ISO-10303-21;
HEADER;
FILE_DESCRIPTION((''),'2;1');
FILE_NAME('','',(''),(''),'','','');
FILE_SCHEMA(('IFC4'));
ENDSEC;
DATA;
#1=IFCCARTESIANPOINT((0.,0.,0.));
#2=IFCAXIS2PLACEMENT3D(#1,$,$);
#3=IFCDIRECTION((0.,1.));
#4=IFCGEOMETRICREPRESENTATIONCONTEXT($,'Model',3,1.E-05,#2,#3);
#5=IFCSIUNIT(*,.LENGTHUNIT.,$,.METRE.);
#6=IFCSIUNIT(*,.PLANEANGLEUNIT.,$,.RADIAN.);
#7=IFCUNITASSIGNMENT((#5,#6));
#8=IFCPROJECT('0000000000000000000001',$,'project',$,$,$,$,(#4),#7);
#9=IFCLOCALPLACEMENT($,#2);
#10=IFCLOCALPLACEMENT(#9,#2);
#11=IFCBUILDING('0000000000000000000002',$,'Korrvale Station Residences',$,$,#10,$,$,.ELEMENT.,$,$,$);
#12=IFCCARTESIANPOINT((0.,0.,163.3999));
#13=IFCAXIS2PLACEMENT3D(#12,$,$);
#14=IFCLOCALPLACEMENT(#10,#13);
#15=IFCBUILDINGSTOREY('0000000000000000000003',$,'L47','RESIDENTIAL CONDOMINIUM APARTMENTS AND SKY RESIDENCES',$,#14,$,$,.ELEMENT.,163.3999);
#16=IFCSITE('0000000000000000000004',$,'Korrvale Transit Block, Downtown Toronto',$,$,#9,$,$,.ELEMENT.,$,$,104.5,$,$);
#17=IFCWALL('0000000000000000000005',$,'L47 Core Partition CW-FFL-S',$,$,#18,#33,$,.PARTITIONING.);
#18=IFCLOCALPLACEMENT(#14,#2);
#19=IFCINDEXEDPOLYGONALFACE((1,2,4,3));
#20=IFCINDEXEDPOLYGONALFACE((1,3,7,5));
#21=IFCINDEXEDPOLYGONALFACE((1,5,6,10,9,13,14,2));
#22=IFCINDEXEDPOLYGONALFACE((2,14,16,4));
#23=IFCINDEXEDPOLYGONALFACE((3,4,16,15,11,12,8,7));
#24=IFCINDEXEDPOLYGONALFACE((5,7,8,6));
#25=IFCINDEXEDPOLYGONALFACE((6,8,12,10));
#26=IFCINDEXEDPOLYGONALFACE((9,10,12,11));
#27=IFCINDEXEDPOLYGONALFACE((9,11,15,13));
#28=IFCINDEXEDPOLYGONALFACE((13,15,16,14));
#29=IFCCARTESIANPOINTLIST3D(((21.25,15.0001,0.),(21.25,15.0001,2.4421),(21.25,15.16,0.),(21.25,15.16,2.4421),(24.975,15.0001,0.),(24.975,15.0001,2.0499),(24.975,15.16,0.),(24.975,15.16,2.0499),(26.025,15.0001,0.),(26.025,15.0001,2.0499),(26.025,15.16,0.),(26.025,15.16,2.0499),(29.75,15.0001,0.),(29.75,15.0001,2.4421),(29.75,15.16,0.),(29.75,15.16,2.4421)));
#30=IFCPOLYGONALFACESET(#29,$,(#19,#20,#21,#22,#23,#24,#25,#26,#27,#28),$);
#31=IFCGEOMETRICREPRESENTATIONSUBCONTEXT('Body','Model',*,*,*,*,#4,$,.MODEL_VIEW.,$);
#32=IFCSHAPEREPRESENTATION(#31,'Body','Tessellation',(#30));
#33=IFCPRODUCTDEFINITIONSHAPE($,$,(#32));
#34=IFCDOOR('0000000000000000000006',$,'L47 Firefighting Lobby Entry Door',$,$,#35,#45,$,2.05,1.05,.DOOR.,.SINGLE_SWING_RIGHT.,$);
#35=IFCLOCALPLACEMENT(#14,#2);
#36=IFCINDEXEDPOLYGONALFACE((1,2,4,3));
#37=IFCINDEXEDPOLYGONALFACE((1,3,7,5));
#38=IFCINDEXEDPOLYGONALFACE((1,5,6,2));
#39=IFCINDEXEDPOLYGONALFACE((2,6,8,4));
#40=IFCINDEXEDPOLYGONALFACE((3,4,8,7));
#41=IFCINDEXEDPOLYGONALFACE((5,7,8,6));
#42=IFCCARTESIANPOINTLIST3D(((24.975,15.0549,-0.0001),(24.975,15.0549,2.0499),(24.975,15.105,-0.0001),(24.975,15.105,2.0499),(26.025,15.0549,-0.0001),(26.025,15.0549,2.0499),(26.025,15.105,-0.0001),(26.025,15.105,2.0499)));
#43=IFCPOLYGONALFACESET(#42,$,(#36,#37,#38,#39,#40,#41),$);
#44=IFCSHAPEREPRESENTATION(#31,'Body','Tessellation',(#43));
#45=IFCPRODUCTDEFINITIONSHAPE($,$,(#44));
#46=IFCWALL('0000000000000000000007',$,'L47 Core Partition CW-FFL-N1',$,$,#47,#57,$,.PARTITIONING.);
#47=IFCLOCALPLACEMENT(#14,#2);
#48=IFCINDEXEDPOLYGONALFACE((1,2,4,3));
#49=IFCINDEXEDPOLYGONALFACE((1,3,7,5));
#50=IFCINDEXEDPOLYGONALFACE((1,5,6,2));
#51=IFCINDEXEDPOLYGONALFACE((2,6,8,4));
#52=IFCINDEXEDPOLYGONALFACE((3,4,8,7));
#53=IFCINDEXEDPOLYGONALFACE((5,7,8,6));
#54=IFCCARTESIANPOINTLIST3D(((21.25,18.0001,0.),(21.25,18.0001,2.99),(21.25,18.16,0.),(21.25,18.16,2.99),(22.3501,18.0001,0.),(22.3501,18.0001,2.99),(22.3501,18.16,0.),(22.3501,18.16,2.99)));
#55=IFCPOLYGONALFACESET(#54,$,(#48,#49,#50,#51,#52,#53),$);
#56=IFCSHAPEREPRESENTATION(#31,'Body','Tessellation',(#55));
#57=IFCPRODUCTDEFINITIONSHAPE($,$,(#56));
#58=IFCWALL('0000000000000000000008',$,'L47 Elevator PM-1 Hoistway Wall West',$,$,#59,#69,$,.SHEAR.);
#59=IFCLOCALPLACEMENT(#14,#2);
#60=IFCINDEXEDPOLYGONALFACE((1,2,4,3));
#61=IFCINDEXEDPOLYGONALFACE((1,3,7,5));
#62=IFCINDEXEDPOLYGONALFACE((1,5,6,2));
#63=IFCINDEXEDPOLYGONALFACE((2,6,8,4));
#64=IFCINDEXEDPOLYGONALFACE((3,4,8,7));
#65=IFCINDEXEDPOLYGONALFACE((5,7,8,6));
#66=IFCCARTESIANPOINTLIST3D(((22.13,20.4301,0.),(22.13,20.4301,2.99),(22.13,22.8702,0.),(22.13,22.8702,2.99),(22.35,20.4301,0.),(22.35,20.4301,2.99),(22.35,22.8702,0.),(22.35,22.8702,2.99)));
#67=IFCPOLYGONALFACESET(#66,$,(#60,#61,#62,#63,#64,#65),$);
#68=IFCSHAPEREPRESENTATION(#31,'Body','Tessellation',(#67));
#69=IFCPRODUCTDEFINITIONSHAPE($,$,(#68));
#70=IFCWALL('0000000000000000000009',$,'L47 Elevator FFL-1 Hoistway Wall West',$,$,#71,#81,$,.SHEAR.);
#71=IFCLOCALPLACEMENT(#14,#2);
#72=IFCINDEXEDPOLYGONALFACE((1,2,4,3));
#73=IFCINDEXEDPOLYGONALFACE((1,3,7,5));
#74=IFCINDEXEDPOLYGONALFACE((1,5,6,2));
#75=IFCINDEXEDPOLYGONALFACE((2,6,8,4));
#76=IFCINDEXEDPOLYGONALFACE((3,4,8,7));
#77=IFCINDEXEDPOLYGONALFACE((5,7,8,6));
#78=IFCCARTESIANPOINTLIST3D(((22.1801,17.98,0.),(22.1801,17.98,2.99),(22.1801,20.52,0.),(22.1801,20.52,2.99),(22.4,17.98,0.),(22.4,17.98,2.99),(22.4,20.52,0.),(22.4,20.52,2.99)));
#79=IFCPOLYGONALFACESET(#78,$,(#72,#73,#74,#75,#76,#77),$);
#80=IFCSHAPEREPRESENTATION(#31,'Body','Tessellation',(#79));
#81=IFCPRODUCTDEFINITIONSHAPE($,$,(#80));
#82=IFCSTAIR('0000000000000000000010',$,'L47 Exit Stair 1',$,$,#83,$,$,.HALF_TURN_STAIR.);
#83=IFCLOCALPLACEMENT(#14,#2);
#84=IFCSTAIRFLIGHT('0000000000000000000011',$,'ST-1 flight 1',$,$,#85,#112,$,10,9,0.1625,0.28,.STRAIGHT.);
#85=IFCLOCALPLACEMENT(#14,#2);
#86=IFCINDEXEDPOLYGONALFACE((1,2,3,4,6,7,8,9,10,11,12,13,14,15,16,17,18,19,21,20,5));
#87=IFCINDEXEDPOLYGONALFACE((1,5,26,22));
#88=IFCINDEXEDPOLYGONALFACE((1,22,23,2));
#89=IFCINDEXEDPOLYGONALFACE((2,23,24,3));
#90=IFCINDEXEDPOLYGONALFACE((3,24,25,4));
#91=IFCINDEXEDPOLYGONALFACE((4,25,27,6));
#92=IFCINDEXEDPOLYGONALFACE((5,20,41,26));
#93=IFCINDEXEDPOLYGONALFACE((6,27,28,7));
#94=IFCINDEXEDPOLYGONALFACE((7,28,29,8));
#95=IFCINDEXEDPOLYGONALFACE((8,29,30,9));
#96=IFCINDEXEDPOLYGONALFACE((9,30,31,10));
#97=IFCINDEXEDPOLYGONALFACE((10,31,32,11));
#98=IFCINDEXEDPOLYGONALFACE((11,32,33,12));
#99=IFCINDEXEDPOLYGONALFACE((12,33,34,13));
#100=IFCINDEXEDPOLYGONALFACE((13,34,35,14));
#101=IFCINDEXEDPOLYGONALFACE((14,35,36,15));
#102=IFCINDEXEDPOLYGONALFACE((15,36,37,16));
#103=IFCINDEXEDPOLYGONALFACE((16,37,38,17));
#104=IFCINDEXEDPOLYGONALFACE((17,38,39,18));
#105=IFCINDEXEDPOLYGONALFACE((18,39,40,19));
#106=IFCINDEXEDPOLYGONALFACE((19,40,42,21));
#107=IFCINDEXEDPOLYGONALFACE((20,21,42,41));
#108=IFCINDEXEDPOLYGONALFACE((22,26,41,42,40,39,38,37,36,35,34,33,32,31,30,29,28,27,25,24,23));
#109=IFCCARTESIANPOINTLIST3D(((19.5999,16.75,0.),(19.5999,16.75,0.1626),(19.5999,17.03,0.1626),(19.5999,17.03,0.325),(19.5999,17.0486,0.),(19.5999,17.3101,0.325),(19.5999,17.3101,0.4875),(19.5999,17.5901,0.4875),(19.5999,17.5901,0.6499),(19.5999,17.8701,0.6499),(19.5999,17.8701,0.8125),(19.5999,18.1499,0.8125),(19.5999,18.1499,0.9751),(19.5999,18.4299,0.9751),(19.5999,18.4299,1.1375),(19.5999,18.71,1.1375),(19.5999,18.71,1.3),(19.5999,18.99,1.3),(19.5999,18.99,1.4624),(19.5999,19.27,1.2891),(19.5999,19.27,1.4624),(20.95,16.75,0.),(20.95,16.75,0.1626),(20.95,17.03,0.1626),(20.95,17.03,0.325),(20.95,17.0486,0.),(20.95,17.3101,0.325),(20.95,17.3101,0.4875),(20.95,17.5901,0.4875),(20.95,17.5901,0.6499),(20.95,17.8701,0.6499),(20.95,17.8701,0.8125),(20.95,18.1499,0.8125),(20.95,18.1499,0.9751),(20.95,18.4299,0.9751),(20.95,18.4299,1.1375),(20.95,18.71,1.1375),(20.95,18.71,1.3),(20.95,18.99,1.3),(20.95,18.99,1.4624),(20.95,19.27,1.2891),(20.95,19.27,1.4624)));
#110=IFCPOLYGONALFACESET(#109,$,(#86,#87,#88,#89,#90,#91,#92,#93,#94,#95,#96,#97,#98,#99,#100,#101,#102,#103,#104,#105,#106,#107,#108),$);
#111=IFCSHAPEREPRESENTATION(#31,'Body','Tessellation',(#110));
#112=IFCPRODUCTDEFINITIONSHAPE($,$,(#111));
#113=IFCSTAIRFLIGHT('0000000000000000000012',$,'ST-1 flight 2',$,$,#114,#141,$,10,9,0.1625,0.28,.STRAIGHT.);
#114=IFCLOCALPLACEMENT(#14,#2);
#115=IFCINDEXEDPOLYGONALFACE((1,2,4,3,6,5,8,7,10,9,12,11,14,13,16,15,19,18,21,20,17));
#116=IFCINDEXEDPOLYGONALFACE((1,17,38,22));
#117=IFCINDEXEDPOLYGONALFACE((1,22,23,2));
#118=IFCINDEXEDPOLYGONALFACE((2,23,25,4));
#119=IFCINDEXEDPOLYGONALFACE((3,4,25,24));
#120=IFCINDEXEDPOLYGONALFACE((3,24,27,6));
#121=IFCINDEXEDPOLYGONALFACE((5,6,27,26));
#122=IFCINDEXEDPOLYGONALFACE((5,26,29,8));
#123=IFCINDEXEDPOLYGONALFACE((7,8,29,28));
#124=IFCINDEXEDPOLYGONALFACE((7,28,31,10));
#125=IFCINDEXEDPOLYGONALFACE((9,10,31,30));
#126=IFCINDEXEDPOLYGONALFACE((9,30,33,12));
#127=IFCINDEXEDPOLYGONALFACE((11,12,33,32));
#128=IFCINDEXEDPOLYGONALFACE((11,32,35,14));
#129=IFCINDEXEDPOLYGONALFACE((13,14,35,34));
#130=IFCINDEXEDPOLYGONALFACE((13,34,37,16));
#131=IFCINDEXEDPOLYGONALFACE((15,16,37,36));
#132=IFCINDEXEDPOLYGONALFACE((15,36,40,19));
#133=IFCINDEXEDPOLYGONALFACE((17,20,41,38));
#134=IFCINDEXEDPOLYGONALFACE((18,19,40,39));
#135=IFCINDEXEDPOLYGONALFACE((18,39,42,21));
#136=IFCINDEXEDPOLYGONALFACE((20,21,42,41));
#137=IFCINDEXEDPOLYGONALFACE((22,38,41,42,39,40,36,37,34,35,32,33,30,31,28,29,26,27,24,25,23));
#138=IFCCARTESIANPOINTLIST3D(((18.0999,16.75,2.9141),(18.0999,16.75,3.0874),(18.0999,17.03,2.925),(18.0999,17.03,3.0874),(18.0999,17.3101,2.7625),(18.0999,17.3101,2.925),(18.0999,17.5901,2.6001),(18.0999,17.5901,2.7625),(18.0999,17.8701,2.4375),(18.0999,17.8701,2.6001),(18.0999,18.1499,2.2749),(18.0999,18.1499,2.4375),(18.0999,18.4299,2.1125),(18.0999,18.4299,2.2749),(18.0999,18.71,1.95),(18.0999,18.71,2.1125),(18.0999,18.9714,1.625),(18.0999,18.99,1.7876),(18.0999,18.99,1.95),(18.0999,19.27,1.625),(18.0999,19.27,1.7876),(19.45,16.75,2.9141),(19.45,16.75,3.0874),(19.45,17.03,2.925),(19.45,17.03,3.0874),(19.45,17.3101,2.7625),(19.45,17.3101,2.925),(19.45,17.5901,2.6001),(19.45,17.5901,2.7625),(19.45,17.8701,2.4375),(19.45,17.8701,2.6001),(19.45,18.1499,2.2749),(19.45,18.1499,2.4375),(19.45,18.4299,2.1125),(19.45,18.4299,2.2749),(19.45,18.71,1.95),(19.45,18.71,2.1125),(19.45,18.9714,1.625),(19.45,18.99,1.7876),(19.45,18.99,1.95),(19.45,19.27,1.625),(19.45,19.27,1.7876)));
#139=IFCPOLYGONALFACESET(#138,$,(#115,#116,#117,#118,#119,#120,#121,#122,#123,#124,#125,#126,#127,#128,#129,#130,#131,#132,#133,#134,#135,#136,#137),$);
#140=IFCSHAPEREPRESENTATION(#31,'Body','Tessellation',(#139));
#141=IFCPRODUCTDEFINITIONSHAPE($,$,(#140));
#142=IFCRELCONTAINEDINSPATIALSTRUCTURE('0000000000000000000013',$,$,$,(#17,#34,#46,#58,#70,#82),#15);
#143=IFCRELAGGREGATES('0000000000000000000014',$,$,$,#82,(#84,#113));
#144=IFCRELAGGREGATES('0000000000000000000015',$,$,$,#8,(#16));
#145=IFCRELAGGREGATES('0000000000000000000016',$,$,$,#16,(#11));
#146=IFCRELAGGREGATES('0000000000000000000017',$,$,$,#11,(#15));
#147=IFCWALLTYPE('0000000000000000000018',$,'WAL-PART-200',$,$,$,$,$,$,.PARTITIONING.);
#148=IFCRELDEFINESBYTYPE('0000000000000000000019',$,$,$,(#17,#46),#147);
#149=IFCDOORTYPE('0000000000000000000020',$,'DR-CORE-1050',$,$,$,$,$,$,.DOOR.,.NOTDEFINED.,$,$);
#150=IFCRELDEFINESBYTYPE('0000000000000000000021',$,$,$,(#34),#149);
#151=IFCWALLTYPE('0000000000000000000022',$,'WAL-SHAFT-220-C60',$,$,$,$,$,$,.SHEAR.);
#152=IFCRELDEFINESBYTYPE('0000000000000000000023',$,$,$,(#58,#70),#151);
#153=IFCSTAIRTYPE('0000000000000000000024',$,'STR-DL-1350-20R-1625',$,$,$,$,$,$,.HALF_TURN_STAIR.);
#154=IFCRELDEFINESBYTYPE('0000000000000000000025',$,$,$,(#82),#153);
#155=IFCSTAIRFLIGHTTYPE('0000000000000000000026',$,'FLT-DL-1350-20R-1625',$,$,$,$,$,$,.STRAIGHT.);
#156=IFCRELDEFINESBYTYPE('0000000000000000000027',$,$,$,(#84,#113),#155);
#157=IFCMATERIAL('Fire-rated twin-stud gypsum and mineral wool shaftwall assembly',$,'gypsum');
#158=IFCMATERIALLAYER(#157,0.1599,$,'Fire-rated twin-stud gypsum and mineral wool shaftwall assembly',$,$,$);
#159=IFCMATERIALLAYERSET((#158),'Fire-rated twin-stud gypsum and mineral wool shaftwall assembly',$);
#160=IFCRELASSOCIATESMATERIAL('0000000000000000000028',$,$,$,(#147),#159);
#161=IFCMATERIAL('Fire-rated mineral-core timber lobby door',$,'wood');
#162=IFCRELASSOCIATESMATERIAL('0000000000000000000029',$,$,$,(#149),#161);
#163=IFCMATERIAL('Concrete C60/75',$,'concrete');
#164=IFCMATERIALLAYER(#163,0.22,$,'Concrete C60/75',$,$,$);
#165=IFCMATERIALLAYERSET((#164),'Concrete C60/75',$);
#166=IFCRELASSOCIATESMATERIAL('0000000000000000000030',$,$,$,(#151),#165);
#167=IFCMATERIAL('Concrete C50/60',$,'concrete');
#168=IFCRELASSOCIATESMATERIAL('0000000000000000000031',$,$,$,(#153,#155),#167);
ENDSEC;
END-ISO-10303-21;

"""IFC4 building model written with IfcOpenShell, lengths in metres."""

from ifc_helpers import new_model, si_unit, direction, frame, frame_2d, origin, place, context, subcontext, project, spatial, polyline, rectangle, outline, extrude, material, layer, layer_set, type_object, element, fill, aggregate, save


model = new_model("IFC4")

# Units and contexts
model_context = context("Model", 3, precision=1e-05, world=origin(), true_north=direction((0.0, 1.0)))
body_context = subcontext(model_context, "Body", "Model", "MODEL_VIEW")
ifc_project = project(units=[si_unit("LENGTHUNIT", "METRE"), si_unit("PLANEANGLEUNIT", "RADIAN")], contexts=[model_context])

# Site, building, storey
site_placement = place(None, origin())
site = spatial("IfcSite", under=ifc_project, at=site_placement, Name="Korrvale Transit Block, Downtown Toronto", CompositionType="ELEMENT", RefElevation=104.5)
building_placement = place(site_placement, origin())
building = spatial("IfcBuilding", under=site, at=building_placement, Name="Korrvale Station Residences", CompositionType="ELEMENT")
storey_placement = place(building_placement, frame((0.0, 0.0, 163.3999)))
storey = spatial("IfcBuildingStorey", under=building, at=storey_placement, Name="L47", Description="RESIDENTIAL CONDOMINIUM APARTMENTS AND SKY RESIDENCES", CompositionType="ELEMENT", Elevation=163.3999)

# Shared definitions
ifc_material_1 = material(Name="Concrete C60/75", Category="concrete")

# Wall, opening, door
ifc_material_2 = material(Name="Fire-rated twin-stud gypsum and mineral wool shaftwall assembly", Category="gypsum")
ifc_layer_1 = layer(ifc_material_2, 0.1599, Name="Fire-rated twin-stud gypsum and mineral wool shaftwall assembly")
ifc_layer_set_1 = layer_set([ifc_layer_1], Name="Fire-rated twin-stud gypsum and mineral wool shaftwall assembly")
wall_type_1 = type_object("IfcWallType", Name="WAL-PART-200", PredefinedType="PARTITIONING", material=ifc_layer_set_1)
wall_1_placement = place(storey_placement, frame((21.25, 15.0801, 0.0), z_axis=(0.0, 0.0, 1.0), x_axis=(1.0, 0.0, 0.0)))
wall_1 = element("IfcWall", 1, at=wall_1_placement, inside=storey, type_object=wall_type_1, Name="L47 Core Partition CW-FFL-S", PredefinedType="PARTITIONING", context=body_context, shape_type="SweptSolid", body=[
    extrude(rectangle(XDim=8.5, YDim=0.1599, at=frame_2d((4.25, 0.0))), origin(), (0.0, 0.0, 1.0), 2.4421),
])
opening_1_placement = place(wall_1_placement, frame((3.7251, 0.0, 0.0)))
opening_1 = element("IfcOpeningElement", 2, at=opening_1_placement, cuts=wall_1, PredefinedType="OPENING", context=body_context, shape_type="SweptSolid", body=[
    extrude(rectangle(XDim=1.05, YDim=2.05, at=frame_2d((0.5249, 1.0249))), frame((0.0, 0.0898, 0.0), z_axis=(0.0, -1.0, 0.0), x_axis=(1.0, 0.0, 0.0)), (0.0, 0.0, 1.0), 0.1799),
])
ifc_material_3 = material(Name="Fire-rated mineral-core timber lobby door", Category="wood")
door_type_1 = type_object("IfcDoorType", Name="DR-CORE-1050", OperationType="NOTDEFINED", PredefinedType="DOOR", material=ifc_material_3)
door_1_placement = place(opening_1_placement, origin())
door_1 = element("IfcDoor", 3, at=door_1_placement, inside=storey, type_object=door_type_1, Name="L47 Firefighting Lobby Entry Door", OperationType="SINGLE_SWING_RIGHT", OverallHeight=2.05, OverallWidth=1.05, PredefinedType="DOOR", context=body_context, shape_type="SweptSolid", body=[
    extrude(rectangle(XDim=1.05, YDim=2.05, at=frame_2d((0.5249, 1.0249))), frame((0.0, 0.0249, 0.0), z_axis=(0.0, -1.0, 0.0), x_axis=(1.0, 0.0, 0.0)), (0.0, 0.0, 1.0), 0.05),
])
fill(opening_1, door_1)

# Walls
wall_2_placement = place(storey_placement, frame((21.25, 18.0801, 0.0), z_axis=(0.0, 0.0, 1.0), x_axis=(1.0, 0.0, 0.0)))
element("IfcWall", 4, at=wall_2_placement, inside=storey, type_object=wall_type_1, Name="L47 Core Partition CW-FFL-N1", PredefinedType="PARTITIONING", context=body_context, shape_type="SweptSolid", body=[
    extrude(rectangle(XDim=1.1001, YDim=0.1599, at=frame_2d((0.55, 0.0))), origin(), (0.0, 0.0, 1.0), 2.99),
])
ifc_layer_2 = layer(ifc_material_1, 0.22, Name="Concrete C60/75")
ifc_layer_set_2 = layer_set([ifc_layer_2], Name="Concrete C60/75")
wall_type_2 = type_object("IfcWallType", Name="WAL-SHAFT-220-C60", PredefinedType="SHEAR", material=ifc_layer_set_2)
wall_3_placement = place(storey_placement, frame((22.24, 20.4299, 0.0), z_axis=(0.0, 0.0, 1.0), x_axis=(0.0, 1.0, 0.0)))
element("IfcWall", 5, at=wall_3_placement, inside=storey, type_object=wall_type_2, Name="L47 Elevator PM-1 Hoistway Wall West", PredefinedType="SHEAR", context=body_context, shape_type="SweptSolid", body=[
    extrude(rectangle(XDim=2.4402, YDim=0.22, at=frame_2d((1.2202, 0.0))), origin(), (0.0, 0.0, 1.0), 2.99),
])
wall_4_placement = place(storey_placement, frame((22.29, 17.98, 0.0), z_axis=(0.0, 0.0, 1.0), x_axis=(0.0, 1.0, 0.0)))
element("IfcWall", 6, at=wall_4_placement, inside=storey, type_object=wall_type_2, Name="L47 Elevator FFL-1 Hoistway Wall West", PredefinedType="SHEAR", context=body_context, shape_type="SweptSolid", body=[
    extrude(rectangle(XDim=2.54, YDim=0.22, at=frame_2d((1.27, 0.0))), origin(), (0.0, 0.0, 1.0), 2.99),
])

# Stair, stair flights
ifc_material_4 = material(Name="Concrete C50/60", Category="concrete")
stair_type = type_object("IfcStairType", Name="STR-DL-1350-20R-1625", PredefinedType="HALF_TURN_STAIR", material=ifc_material_4)
stair_placement = place(storey_placement, origin())
stair = element("IfcStair", 7, at=stair_placement, inside=storey, type_object=stair_type, Name="L47 Exit Stair 1", PredefinedType="HALF_TURN_STAIR")
stair_flight_type = type_object("IfcStairFlightType", Name="FLT-DL-1350-20R-1625", PredefinedType="STRAIGHT", material=ifc_material_4)
stair_flight_1_placement = place(storey_placement, frame((20.2749, 16.75, 0.0), z_axis=(0.0, 0.0, 1.0), x_axis=(0.0, 1.0, 0.0)))
stair_flight_1 = element("IfcStairFlight", 8, at=stair_flight_1_placement, type_object=stair_flight_type, Name="ST-1 flight 1", NumberOfRisers=10, NumberOfTreads=9, PredefinedType="STRAIGHT", RiserHeight=0.1625, TreadLength=0.28, context=body_context, shape_type="SweptSolid", body=[
    extrude(outline(polyline([(0.0, 0.0), (0.0, 0.1626), (0.28, 0.1626), (0.28, 0.325), (0.5601, 0.325), (0.5601, 0.4875), (0.8401, 0.4875), (0.8401, 0.6499), (1.1201, 0.6499), (1.1201, 0.8125), (1.3999, 0.8125), (1.3999, 0.9751), (1.6799, 0.9751), (1.6799, 1.1375), (1.96, 1.1375), (1.96, 1.3), (2.24, 1.3), (2.24, 1.4624), (2.52, 1.4624), (2.52, 1.625), (2.52, 1.2891), (0.2986, 0.0), (0.0, 0.0)])), frame((0.0, 0.675, 0.0), z_axis=(0.0, -1.0, 0.0), x_axis=(1.0, 0.0, 0.0)), (0.0, 0.0, 1.0), 1.3501),
])
stair_flight_2_placement = place(storey_placement, frame((18.7749, 19.27, 1.625), z_axis=(0.0, 0.0, 1.0), x_axis=(0.0, -1.0, 0.0)))
stair_flight_2 = element("IfcStairFlight", 9, at=stair_flight_2_placement, type_object=stair_flight_type, Name="ST-1 flight 2", NumberOfRisers=10, NumberOfTreads=9, PredefinedType="STRAIGHT", RiserHeight=0.1625, TreadLength=0.28, context=body_context, shape_type="SweptSolid", body=[
    extrude(outline(polyline([(0.0, 0.0), (0.0, 0.1626), (0.28, 0.1626), (0.28, 0.325), (0.5601, 0.325), (0.5601, 0.4875), (0.8401, 0.4875), (0.8401, 0.6499), (1.1201, 0.6499), (1.1201, 0.8125), (1.3999, 0.8125), (1.3999, 0.9751), (1.6799, 0.9751), (1.6799, 1.1375), (1.96, 1.1375), (1.96, 1.3), (2.24, 1.3), (2.24, 1.4624), (2.52, 1.4624), (2.52, 1.625), (2.52, 1.2891), (0.2986, 0.0), (0.0, 0.0)])), frame((0.0, 0.675, 0.0), z_axis=(0.0, -1.0, 0.0), x_axis=(1.0, 0.0, 0.0)), (0.0, 0.0, 1.0), 1.3501),
])
aggregate(stair, [stair_flight_1, stair_flight_2])

save(model, "model.ifc")
